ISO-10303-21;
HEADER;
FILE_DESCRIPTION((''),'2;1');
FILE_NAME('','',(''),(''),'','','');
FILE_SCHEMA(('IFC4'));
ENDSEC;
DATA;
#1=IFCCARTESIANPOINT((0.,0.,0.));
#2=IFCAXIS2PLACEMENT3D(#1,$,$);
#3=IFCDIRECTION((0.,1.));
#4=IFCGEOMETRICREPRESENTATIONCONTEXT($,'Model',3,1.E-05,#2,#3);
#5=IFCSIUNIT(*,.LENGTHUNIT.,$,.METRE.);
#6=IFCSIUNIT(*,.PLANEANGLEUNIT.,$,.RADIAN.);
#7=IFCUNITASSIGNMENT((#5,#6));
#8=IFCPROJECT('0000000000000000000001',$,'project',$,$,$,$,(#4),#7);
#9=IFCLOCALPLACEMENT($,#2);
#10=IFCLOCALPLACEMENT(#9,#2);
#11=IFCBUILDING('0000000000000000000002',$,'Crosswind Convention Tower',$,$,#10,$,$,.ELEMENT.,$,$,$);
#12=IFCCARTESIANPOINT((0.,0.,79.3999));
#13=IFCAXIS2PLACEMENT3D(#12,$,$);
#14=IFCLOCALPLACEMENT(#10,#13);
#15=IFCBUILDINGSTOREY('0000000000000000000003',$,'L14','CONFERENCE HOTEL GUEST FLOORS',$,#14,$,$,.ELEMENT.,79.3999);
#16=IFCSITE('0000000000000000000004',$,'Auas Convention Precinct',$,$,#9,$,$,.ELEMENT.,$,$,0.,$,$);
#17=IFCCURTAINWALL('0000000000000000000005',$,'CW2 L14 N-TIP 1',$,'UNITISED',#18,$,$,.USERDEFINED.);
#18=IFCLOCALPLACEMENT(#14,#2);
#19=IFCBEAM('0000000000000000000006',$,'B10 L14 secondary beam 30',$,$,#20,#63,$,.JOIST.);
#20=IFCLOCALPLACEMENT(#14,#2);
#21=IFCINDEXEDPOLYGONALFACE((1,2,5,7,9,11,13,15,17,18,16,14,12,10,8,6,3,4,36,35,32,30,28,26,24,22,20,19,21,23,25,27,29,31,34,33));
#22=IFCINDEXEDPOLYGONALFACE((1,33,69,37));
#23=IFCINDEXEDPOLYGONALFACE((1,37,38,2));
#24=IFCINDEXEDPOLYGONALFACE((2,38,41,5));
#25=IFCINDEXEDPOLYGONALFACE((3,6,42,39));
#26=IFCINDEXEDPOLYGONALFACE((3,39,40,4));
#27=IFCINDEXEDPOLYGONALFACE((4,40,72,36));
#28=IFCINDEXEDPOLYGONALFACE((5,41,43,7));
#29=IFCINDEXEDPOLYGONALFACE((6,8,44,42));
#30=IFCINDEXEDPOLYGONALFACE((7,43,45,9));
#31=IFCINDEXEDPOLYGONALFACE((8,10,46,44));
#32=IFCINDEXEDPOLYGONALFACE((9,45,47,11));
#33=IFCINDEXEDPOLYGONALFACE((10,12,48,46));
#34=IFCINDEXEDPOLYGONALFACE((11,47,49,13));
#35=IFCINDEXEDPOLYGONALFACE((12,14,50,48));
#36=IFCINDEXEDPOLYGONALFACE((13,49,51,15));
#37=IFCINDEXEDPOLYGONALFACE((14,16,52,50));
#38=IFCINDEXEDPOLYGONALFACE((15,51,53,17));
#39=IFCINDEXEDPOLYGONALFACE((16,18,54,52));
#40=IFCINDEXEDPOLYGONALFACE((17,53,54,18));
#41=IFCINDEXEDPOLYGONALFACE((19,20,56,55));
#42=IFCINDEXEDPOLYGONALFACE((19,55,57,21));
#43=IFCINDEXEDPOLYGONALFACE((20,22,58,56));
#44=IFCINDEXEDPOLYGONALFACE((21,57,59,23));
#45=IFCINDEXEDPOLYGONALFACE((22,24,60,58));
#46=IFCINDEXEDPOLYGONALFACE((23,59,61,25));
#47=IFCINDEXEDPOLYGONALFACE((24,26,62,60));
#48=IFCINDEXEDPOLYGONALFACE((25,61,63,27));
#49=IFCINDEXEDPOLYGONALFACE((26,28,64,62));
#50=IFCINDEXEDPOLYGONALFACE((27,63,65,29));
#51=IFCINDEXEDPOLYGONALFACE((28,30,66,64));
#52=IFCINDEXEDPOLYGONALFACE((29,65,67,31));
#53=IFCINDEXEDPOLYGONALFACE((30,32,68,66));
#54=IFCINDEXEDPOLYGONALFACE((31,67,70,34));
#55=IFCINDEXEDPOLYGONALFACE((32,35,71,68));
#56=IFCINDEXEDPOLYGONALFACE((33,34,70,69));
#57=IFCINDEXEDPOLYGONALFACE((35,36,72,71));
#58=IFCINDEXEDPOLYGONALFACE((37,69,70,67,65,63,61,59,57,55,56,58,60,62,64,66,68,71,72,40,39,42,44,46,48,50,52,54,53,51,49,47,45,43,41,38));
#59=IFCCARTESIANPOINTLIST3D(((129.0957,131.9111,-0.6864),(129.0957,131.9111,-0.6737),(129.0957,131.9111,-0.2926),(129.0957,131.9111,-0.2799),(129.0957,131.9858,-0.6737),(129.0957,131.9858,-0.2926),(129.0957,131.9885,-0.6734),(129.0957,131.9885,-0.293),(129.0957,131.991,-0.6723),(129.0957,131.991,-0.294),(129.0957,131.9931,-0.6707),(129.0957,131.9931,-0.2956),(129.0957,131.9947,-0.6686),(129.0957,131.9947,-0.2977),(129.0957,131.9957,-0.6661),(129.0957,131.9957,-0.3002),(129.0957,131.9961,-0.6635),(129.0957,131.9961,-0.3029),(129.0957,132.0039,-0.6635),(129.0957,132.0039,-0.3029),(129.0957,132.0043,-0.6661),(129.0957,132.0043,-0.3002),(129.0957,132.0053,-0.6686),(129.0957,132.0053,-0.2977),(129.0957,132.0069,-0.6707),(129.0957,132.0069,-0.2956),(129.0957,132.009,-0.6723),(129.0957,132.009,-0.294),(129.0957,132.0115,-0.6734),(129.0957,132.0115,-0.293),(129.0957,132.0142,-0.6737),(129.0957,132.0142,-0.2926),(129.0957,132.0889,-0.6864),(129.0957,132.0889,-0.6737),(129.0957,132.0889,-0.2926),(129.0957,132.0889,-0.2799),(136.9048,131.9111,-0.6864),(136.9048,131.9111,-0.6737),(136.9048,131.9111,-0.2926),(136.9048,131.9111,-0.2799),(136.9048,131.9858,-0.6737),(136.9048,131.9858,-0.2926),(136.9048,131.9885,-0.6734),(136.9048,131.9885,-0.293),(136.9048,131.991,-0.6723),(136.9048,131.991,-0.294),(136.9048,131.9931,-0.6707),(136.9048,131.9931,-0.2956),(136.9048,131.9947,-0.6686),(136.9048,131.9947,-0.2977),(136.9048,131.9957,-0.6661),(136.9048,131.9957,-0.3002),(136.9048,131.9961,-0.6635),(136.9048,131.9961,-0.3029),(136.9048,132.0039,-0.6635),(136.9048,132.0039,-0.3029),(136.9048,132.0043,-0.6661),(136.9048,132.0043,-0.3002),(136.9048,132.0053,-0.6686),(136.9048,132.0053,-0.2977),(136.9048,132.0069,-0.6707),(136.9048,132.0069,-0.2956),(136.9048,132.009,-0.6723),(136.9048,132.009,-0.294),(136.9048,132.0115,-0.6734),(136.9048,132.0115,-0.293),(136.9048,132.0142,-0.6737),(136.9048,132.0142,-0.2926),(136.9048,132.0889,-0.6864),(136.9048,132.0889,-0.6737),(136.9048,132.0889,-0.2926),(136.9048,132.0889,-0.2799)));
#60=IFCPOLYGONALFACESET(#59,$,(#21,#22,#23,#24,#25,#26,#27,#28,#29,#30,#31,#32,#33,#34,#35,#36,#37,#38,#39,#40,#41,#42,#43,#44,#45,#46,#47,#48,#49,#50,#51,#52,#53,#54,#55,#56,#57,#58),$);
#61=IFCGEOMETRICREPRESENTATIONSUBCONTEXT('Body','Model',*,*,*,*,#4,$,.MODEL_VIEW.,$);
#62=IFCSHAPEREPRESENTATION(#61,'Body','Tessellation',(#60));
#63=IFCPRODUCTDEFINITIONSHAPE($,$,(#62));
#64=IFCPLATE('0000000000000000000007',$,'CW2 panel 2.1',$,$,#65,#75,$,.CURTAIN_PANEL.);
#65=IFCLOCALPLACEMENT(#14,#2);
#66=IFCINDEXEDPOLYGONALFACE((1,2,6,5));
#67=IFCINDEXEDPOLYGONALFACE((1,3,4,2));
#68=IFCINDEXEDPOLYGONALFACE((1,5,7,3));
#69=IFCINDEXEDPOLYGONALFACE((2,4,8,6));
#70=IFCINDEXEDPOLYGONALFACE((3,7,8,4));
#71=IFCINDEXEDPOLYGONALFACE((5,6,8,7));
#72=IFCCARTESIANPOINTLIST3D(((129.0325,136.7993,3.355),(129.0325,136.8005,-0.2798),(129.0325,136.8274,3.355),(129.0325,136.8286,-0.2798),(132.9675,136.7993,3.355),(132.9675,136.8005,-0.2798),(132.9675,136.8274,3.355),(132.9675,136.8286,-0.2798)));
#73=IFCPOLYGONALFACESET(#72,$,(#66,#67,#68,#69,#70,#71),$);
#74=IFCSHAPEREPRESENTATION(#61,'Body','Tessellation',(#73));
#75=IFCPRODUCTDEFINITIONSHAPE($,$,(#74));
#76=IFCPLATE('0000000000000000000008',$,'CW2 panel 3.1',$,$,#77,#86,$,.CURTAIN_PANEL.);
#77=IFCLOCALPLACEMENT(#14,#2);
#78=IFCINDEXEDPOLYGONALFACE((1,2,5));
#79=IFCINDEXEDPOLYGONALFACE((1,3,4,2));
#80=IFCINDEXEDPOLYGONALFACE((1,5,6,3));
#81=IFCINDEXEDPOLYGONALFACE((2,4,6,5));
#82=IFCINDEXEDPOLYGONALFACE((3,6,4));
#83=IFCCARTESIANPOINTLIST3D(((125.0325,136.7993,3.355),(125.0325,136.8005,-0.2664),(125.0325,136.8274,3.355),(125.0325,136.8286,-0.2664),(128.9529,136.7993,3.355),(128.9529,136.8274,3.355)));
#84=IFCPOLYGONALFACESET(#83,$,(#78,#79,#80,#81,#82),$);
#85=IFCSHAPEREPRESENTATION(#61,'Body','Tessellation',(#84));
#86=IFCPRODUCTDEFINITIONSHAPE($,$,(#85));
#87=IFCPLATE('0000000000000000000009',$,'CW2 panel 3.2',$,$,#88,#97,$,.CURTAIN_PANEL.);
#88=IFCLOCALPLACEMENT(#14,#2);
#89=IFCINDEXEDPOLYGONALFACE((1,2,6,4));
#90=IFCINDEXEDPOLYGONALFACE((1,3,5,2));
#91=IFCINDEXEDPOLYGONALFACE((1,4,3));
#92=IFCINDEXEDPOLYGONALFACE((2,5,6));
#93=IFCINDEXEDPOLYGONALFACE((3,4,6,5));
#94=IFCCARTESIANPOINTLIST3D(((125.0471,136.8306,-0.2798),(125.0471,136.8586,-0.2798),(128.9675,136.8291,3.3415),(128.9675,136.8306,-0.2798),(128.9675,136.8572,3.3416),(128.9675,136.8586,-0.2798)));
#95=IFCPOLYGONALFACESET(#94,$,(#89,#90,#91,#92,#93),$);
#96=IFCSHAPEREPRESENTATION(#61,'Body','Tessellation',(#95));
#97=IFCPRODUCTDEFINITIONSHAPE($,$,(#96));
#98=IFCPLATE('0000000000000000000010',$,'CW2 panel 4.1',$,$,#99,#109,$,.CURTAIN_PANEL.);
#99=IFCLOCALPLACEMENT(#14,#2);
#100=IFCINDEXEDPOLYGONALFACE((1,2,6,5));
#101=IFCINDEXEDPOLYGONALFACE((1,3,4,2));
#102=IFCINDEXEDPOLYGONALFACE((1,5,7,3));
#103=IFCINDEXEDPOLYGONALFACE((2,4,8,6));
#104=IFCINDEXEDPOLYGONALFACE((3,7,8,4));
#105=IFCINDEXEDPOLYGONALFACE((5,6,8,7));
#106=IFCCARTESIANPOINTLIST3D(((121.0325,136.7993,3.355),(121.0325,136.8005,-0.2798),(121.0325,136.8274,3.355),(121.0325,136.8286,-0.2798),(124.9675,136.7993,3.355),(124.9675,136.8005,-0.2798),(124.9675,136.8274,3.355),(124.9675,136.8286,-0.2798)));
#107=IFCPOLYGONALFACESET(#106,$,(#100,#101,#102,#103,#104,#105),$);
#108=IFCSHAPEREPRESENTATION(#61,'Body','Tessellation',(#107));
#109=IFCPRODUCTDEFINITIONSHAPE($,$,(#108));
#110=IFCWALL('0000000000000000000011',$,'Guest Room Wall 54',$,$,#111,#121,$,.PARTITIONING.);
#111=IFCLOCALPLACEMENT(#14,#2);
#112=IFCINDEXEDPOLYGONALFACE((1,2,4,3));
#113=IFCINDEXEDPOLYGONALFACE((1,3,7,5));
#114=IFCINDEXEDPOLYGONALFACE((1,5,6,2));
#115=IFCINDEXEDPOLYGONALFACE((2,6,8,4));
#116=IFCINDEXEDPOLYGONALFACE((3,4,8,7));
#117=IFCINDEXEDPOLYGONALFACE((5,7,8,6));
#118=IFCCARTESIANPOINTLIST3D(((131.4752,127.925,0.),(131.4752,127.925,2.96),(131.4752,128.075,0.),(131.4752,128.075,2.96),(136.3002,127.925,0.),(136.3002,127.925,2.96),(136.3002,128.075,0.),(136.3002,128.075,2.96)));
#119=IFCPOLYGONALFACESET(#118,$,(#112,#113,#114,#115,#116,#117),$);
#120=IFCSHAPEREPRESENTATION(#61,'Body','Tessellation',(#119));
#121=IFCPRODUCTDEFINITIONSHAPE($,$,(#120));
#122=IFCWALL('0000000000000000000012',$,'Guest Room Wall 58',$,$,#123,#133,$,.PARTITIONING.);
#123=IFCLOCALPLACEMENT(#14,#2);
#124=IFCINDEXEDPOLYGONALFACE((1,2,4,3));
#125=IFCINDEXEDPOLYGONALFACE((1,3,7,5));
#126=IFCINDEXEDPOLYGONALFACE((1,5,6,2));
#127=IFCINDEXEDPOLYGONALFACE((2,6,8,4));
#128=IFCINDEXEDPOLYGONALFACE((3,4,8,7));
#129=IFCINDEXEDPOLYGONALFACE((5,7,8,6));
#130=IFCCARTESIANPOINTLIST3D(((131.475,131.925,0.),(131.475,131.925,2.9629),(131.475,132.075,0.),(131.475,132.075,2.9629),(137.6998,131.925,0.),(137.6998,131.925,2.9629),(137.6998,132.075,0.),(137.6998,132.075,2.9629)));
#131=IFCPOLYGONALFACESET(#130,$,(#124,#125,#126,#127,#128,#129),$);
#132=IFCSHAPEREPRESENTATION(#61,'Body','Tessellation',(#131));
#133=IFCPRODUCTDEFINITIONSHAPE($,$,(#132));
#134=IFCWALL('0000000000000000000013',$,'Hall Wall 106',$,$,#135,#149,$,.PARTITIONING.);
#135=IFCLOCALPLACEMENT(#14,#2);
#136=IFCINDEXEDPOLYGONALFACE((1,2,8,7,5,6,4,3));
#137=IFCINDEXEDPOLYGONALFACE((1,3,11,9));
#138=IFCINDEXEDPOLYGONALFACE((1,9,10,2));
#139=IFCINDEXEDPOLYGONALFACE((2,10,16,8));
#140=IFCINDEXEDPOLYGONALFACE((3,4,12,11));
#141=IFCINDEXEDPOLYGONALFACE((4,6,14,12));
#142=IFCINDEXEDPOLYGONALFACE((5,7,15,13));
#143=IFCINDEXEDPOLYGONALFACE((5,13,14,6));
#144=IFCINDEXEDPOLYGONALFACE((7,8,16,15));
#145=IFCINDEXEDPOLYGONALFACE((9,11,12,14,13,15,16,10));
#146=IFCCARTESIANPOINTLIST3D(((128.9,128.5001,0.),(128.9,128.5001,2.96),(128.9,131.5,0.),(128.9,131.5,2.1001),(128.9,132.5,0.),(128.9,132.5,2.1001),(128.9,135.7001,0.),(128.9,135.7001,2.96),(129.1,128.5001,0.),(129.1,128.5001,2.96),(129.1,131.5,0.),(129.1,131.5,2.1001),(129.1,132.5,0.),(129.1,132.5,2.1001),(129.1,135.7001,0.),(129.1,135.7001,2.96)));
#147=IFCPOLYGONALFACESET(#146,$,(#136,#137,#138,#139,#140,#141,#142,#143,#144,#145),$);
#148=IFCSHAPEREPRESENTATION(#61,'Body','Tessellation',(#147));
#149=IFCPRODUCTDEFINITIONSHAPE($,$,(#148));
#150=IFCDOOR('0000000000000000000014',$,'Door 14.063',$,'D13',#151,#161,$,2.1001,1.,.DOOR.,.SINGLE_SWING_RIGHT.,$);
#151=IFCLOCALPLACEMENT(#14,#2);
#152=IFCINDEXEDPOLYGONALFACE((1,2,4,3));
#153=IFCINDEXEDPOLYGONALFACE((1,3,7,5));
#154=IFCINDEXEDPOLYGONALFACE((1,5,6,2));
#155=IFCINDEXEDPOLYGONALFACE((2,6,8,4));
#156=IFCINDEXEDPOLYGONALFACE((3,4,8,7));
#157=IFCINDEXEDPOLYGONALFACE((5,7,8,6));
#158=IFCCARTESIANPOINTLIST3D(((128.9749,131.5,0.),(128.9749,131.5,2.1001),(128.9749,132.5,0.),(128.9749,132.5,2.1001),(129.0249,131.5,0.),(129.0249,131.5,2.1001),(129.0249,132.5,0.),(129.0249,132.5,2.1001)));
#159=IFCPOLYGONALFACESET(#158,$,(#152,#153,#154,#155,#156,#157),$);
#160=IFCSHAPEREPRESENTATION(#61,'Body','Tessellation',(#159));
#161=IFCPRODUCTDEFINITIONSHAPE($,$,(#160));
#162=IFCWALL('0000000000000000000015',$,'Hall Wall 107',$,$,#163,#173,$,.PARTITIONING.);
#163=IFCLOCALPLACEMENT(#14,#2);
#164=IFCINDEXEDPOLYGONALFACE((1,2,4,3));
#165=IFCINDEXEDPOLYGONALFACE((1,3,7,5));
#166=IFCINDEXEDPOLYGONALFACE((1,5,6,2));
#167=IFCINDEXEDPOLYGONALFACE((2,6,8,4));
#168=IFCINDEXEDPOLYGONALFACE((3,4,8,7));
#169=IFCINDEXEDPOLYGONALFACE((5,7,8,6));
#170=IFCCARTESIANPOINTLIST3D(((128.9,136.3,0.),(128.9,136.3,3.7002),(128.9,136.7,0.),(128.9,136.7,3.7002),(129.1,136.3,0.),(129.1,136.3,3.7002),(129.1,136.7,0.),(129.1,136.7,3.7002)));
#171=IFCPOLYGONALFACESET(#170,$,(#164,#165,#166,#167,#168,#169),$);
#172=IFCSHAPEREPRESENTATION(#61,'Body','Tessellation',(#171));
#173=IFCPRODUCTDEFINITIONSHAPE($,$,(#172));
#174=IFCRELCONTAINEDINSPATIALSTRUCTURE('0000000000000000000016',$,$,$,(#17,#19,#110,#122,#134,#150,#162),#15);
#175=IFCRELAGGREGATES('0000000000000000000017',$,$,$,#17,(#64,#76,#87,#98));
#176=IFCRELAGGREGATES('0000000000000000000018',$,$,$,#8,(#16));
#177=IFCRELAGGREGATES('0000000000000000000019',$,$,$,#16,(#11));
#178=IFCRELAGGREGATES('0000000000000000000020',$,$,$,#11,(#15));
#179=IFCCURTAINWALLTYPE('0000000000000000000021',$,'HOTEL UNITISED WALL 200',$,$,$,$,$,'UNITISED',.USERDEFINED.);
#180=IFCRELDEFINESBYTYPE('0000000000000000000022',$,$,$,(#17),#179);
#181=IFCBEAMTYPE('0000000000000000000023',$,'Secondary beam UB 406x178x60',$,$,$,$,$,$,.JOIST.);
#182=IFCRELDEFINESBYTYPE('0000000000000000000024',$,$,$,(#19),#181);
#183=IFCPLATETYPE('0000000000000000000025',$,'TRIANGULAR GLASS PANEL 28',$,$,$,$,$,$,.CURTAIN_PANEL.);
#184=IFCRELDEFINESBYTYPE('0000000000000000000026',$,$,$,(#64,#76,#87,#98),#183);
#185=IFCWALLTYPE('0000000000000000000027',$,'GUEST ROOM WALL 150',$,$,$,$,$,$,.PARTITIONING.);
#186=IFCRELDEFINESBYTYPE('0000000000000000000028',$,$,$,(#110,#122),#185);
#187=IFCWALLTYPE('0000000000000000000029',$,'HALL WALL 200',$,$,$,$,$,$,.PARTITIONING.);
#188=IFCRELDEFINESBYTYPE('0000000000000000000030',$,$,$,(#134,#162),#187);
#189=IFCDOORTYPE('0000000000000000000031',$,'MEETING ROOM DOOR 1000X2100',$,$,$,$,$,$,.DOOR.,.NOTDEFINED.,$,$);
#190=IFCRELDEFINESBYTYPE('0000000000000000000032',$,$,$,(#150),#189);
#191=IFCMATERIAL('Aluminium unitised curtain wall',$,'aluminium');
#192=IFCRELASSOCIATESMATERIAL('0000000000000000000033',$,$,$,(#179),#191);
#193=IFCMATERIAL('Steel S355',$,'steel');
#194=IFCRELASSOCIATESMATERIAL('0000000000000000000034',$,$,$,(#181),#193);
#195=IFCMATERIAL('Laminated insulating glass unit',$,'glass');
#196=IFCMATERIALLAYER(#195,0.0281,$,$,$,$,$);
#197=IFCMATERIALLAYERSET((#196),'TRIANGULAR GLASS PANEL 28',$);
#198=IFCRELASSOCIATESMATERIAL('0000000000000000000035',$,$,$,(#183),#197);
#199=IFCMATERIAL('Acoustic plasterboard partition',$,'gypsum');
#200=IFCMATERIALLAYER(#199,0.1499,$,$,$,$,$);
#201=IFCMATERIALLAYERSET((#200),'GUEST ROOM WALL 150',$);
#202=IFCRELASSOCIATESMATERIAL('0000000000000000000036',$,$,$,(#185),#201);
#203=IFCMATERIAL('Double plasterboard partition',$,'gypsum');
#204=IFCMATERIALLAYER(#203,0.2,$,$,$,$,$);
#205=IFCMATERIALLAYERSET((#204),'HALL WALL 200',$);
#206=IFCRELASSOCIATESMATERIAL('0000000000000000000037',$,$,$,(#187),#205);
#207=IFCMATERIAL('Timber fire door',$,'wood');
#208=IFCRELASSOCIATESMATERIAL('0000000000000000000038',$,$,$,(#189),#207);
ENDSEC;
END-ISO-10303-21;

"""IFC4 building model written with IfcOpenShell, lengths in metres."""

from ifc_helpers import new_model, si_unit, direction, frame, frame_2d, origin, origin_2d, place, context, subcontext, project, spatial, polyline, rectangle, i_section, outline, extrude, material, layer, layer_set, material_profile, profile_set, type_object, element, fill, aggregate, save


model = new_model("IFC4")

# Units and contexts
model_context = context("Model", 3, precision=1e-05, world=origin(), true_north=direction((0.0, 1.0)))
body_context = subcontext(model_context, "Body", "Model", "MODEL_VIEW")
ifc_project = project(units=[si_unit("LENGTHUNIT", "METRE"), si_unit("PLANEANGLEUNIT", "RADIAN")], contexts=[model_context])

# Site, building, storey
site_placement = place(None, origin())
site = spatial("IfcSite", under=ifc_project, at=site_placement, Name="Auas Convention Precinct", CompositionType="ELEMENT", RefElevation=0.0)
building_placement = place(site_placement, origin())
building = spatial("IfcBuilding", under=site, at=building_placement, Name="Crosswind Convention Tower", CompositionType="ELEMENT")
storey_placement = place(building_placement, frame((0.0, 0.0, 79.3999)))
storey = spatial("IfcBuildingStorey", under=building, at=storey_placement, Name="L14", Description="CONFERENCE HOTEL GUEST FLOORS", CompositionType="ELEMENT", Elevation=79.3999)

# Shared definitions
ifc_material_1 = material(Name="Steel S355", Category="steel")

# Curtain wall
ifc_material_2 = material(Name="Aluminium unitised curtain wall", Category="aluminium")
curtain_wall_type = type_object("IfcCurtainWallType", Name="HOTEL UNITISED WALL 200", ElementType="UNITISED", PredefinedType="USERDEFINED", material=ifc_material_2)
curtain_wall_placement = place(storey_placement, origin())
curtain_wall = element("IfcCurtainWall", 1, at=curtain_wall_placement, inside=storey, type_object=curtain_wall_type, Name="CW2 L14 N-TIP 1", ObjectType="UNITISED", PredefinedType="USERDEFINED")

# Beam
ifc_material_profile_1 = material_profile(ifc_material_1, i_section(OverallWidth=0.1777, OverallDepth=0.4065, WebThickness=0.0078, FlangeThickness=0.0127, FilletRadius=0.0103, at=origin_2d()), Name="UB 406x178x60")
ifc_profile_set_1 = profile_set([ifc_material_profile_1], Name="Steel S355")
beam_type_1 = type_object("IfcBeamType", Name="Secondary beam UB 406x178x60", PredefinedType="JOIST", material=ifc_profile_set_1)
beam_1_placement = place(storey_placement, frame((129.0957, 132.0, -0.4832), z_axis=(1.0, 0.0, 0.0), x_axis=(0.0, 1.0, 0.0)))
element("IfcBeam", 2, at=beam_1_placement, inside=storey, type_object=beam_type_1, Name="B10 L14 secondary beam 30", PredefinedType="JOIST", context=body_context, shape_type="SweptSolid", body=[
    extrude(i_section(OverallWidth=0.1777, OverallDepth=0.4065, WebThickness=0.0078, FlangeThickness=0.0127, FilletRadius=0.0103, at=origin_2d()), origin(), (0.0, 0.0, 1.0), 7.8091),
])

# Plates
ifc_material_3 = material(Name="Laminated insulating glass unit", Category="glass")
ifc_layer_1 = layer(ifc_material_3, 0.0281)
ifc_layer_set_1 = layer_set([ifc_layer_1], Name="TRIANGULAR GLASS PANEL 28")
plate_type = type_object("IfcPlateType", Name="TRIANGULAR GLASS PANEL 28", PredefinedType="CURTAIN_PANEL", material=ifc_layer_set_1)
plate_1_placement = place(storey_placement, frame((132.9675, 136.8286, -0.2798), z_axis=(0.0, 1.0, 0.000336), x_axis=(-1.0, 0.0, 0.0)))
plate_1 = element("IfcPlate", 3, at=plate_1_placement, type_object=plate_type, Name="CW2 panel 2.1", PredefinedType="CURTAIN_PANEL", context=body_context, shape_type="SweptSolid", body=[
    extrude(outline(polyline([(0.0, 0.0), (3.9351, 0.0), (3.9351, 3.6348), (0.0, 3.6348), (0.0, 0.0)])), origin(), (0.0, 0.0, -1.0), 0.0281),
])
plate_2_placement = place(storey_placement, frame((125.0325, 136.8274, 3.355), z_axis=(0.0, 1.0, 0.000337), x_axis=(1.0, 0.0, 0.0)))
plate_2 = element("IfcPlate", 4, at=plate_2_placement, type_object=plate_type, Name="CW2 panel 3.1", PredefinedType="CURTAIN_PANEL", context=body_context, shape_type="SweptSolid", body=[
    extrude(outline(polyline([(0.0, 0.0), (3.9204, 0.0), (0.0, 3.6213), (0.0, 0.0)])), origin(), (0.0, 0.0, -1.0), 0.0281),
])
plate_3_placement = place(storey_placement, frame((128.9675, 136.8586, -0.2798), z_axis=(0.0, 1.0, 0.000405), x_axis=(-1.0, 0.0, 0.0)))
plate_3 = element("IfcPlate", 5, at=plate_3_placement, type_object=plate_type, Name="CW2 panel 3.2", PredefinedType="CURTAIN_PANEL", context=body_context, shape_type="SweptSolid", body=[
    extrude(outline(polyline([(0.0, 0.0), (3.9204, 0.0), (0.0, 3.6213), (0.0, 0.0)])), origin(), (0.0, 0.0, -1.0), 0.0281),
])
plate_4_placement = place(storey_placement, frame((124.9675, 136.8286, -0.2798), z_axis=(0.0, 1.0, 0.000336), x_axis=(-1.0, 0.0, 0.0)))
plate_4 = element("IfcPlate", 6, at=plate_4_placement, type_object=plate_type, Name="CW2 panel 4.1", PredefinedType="CURTAIN_PANEL", context=body_context, shape_type="SweptSolid", body=[
    extrude(outline(polyline([(0.0, 0.0), (3.9351, 0.0), (3.9351, 3.6348), (0.0, 3.6348), (0.0, 0.0)])), origin(), (0.0, 0.0, -1.0), 0.0281),
])
aggregate(curtain_wall, [plate_1, plate_2, plate_3, plate_4])

# Walls
ifc_material_4 = material(Name="Acoustic plasterboard partition", Category="gypsum")
ifc_layer_2 = layer(ifc_material_4, 0.1499)
ifc_layer_set_2 = layer_set([ifc_layer_2], Name="GUEST ROOM WALL 150")
wall_type_1 = type_object("IfcWallType", Name="GUEST ROOM WALL 150", PredefinedType="PARTITIONING", material=ifc_layer_set_2)
wall_1_placement = place(storey_placement, frame((131.4751, 128.0, 0.0), z_axis=(0.0, 0.0, 1.0), x_axis=(1.0, 0.0, 0.0)))
element("IfcWall", 7, at=wall_1_placement, inside=storey, type_object=wall_type_1, Name="Guest Room Wall 54", PredefinedType="PARTITIONING", context=body_context, shape_type="SweptSolid", body=[
    extrude(rectangle(XDim=4.825, YDim=0.1499, at=frame_2d((2.4126, 0.0))), origin(), (0.0, 0.0, 1.0), 2.96),
])
wall_2_placement = place(storey_placement, frame((131.4751, 132.0, 0.0), z_axis=(0.0, 0.0, 1.0), x_axis=(1.0, 0.0, 0.0)))
element("IfcWall", 8, at=wall_2_placement, inside=storey, type_object=wall_type_1, Name="Guest Room Wall 58", PredefinedType="PARTITIONING", context=body_context, shape_type="SweptSolid", body=[
    extrude(rectangle(XDim=6.2249, YDim=0.1499, at=frame_2d((3.1123, 0.0))), origin(), (0.0, 0.0, 1.0), 2.9629),
])

# Wall, opening, door
ifc_material_5 = material(Name="Double plasterboard partition", Category="gypsum")
ifc_layer_3 = layer(ifc_material_5, 0.2)
ifc_layer_set_3 = layer_set([ifc_layer_3], Name="HALL WALL 200")
wall_type_2 = type_object("IfcWallType", Name="HALL WALL 200", PredefinedType="PARTITIONING", material=ifc_layer_set_3)
wall_3_placement = place(storey_placement, frame((129.0, 128.5, 0.0), z_axis=(0.0, 0.0, 1.0), x_axis=(0.0, 1.0, 0.0)))
wall_3 = element("IfcWall", 9, at=wall_3_placement, inside=storey, type_object=wall_type_2, Name="Hall Wall 106", PredefinedType="PARTITIONING", context=body_context, shape_type="SweptSolid", body=[
    extrude(rectangle(XDim=7.2, YDim=0.2, at=frame_2d((3.6001, 0.0))), origin(), (0.0, 0.0, 1.0), 2.96),
])
opening_1_placement = place(wall_3_placement, frame((3.0, 0.0, 0.0)))
opening_1 = element("IfcOpeningElement", 10, at=opening_1_placement, cuts=wall_3, PredefinedType="OPENING", context=body_context, shape_type="SweptSolid", body=[
    extrude(rectangle(XDim=1.0, YDim=2.1001, at=frame_2d((0.5, 1.05))), frame((0.0, 0.1099, 0.0), z_axis=(0.0, -1.0, 0.0), x_axis=(1.0, 0.0, 0.0)), (0.0, 0.0, 1.0), 0.22),
])
ifc_material_6 = material(Name="Timber fire door", Category="wood")
door_type_1 = type_object("IfcDoorType", Name="MEETING ROOM DOOR 1000X2100", OperationType="NOTDEFINED", PredefinedType="DOOR", material=ifc_material_6)
door_1_placement = place(opening_1_placement, frame((1.0, 0.0, 0.0), z_axis=(0.0, 0.0, 1.0), x_axis=(-1.0, 0.0, 0.0)))
door_1 = element("IfcDoor", 11, at=door_1_placement, inside=storey, type_object=door_type_1, Name="Door 14.063", ObjectType="D13", OperationType="SINGLE_SWING_RIGHT", OverallHeight=2.1001, OverallWidth=1.0, PredefinedType="DOOR", context=body_context, shape_type="SweptSolid", body=[
    extrude(rectangle(XDim=1.0, YDim=2.1001, at=frame_2d((0.5, 1.05))), frame((0.0, 0.0249, 0.0), z_axis=(0.0, -1.0, 0.0), x_axis=(1.0, 0.0, 0.0)), (0.0, 0.0, 1.0), 0.05),
])
fill(opening_1, door_1)

# Wall
wall_4_placement = place(storey_placement, frame((129.0, 136.3, 0.0), z_axis=(0.0, 0.0, 1.0), x_axis=(0.0, 1.0, 0.0)))
element("IfcWall", 12, at=wall_4_placement, inside=storey, type_object=wall_type_2, Name="Hall Wall 107", PredefinedType="PARTITIONING", context=body_context, shape_type="SweptSolid", body=[
    extrude(rectangle(XDim=0.3999, YDim=0.2, at=frame_2d((0.2, 0.0))), origin(), (0.0, 0.0, 1.0), 3.7002),
])

save(model, "model.ifc")
